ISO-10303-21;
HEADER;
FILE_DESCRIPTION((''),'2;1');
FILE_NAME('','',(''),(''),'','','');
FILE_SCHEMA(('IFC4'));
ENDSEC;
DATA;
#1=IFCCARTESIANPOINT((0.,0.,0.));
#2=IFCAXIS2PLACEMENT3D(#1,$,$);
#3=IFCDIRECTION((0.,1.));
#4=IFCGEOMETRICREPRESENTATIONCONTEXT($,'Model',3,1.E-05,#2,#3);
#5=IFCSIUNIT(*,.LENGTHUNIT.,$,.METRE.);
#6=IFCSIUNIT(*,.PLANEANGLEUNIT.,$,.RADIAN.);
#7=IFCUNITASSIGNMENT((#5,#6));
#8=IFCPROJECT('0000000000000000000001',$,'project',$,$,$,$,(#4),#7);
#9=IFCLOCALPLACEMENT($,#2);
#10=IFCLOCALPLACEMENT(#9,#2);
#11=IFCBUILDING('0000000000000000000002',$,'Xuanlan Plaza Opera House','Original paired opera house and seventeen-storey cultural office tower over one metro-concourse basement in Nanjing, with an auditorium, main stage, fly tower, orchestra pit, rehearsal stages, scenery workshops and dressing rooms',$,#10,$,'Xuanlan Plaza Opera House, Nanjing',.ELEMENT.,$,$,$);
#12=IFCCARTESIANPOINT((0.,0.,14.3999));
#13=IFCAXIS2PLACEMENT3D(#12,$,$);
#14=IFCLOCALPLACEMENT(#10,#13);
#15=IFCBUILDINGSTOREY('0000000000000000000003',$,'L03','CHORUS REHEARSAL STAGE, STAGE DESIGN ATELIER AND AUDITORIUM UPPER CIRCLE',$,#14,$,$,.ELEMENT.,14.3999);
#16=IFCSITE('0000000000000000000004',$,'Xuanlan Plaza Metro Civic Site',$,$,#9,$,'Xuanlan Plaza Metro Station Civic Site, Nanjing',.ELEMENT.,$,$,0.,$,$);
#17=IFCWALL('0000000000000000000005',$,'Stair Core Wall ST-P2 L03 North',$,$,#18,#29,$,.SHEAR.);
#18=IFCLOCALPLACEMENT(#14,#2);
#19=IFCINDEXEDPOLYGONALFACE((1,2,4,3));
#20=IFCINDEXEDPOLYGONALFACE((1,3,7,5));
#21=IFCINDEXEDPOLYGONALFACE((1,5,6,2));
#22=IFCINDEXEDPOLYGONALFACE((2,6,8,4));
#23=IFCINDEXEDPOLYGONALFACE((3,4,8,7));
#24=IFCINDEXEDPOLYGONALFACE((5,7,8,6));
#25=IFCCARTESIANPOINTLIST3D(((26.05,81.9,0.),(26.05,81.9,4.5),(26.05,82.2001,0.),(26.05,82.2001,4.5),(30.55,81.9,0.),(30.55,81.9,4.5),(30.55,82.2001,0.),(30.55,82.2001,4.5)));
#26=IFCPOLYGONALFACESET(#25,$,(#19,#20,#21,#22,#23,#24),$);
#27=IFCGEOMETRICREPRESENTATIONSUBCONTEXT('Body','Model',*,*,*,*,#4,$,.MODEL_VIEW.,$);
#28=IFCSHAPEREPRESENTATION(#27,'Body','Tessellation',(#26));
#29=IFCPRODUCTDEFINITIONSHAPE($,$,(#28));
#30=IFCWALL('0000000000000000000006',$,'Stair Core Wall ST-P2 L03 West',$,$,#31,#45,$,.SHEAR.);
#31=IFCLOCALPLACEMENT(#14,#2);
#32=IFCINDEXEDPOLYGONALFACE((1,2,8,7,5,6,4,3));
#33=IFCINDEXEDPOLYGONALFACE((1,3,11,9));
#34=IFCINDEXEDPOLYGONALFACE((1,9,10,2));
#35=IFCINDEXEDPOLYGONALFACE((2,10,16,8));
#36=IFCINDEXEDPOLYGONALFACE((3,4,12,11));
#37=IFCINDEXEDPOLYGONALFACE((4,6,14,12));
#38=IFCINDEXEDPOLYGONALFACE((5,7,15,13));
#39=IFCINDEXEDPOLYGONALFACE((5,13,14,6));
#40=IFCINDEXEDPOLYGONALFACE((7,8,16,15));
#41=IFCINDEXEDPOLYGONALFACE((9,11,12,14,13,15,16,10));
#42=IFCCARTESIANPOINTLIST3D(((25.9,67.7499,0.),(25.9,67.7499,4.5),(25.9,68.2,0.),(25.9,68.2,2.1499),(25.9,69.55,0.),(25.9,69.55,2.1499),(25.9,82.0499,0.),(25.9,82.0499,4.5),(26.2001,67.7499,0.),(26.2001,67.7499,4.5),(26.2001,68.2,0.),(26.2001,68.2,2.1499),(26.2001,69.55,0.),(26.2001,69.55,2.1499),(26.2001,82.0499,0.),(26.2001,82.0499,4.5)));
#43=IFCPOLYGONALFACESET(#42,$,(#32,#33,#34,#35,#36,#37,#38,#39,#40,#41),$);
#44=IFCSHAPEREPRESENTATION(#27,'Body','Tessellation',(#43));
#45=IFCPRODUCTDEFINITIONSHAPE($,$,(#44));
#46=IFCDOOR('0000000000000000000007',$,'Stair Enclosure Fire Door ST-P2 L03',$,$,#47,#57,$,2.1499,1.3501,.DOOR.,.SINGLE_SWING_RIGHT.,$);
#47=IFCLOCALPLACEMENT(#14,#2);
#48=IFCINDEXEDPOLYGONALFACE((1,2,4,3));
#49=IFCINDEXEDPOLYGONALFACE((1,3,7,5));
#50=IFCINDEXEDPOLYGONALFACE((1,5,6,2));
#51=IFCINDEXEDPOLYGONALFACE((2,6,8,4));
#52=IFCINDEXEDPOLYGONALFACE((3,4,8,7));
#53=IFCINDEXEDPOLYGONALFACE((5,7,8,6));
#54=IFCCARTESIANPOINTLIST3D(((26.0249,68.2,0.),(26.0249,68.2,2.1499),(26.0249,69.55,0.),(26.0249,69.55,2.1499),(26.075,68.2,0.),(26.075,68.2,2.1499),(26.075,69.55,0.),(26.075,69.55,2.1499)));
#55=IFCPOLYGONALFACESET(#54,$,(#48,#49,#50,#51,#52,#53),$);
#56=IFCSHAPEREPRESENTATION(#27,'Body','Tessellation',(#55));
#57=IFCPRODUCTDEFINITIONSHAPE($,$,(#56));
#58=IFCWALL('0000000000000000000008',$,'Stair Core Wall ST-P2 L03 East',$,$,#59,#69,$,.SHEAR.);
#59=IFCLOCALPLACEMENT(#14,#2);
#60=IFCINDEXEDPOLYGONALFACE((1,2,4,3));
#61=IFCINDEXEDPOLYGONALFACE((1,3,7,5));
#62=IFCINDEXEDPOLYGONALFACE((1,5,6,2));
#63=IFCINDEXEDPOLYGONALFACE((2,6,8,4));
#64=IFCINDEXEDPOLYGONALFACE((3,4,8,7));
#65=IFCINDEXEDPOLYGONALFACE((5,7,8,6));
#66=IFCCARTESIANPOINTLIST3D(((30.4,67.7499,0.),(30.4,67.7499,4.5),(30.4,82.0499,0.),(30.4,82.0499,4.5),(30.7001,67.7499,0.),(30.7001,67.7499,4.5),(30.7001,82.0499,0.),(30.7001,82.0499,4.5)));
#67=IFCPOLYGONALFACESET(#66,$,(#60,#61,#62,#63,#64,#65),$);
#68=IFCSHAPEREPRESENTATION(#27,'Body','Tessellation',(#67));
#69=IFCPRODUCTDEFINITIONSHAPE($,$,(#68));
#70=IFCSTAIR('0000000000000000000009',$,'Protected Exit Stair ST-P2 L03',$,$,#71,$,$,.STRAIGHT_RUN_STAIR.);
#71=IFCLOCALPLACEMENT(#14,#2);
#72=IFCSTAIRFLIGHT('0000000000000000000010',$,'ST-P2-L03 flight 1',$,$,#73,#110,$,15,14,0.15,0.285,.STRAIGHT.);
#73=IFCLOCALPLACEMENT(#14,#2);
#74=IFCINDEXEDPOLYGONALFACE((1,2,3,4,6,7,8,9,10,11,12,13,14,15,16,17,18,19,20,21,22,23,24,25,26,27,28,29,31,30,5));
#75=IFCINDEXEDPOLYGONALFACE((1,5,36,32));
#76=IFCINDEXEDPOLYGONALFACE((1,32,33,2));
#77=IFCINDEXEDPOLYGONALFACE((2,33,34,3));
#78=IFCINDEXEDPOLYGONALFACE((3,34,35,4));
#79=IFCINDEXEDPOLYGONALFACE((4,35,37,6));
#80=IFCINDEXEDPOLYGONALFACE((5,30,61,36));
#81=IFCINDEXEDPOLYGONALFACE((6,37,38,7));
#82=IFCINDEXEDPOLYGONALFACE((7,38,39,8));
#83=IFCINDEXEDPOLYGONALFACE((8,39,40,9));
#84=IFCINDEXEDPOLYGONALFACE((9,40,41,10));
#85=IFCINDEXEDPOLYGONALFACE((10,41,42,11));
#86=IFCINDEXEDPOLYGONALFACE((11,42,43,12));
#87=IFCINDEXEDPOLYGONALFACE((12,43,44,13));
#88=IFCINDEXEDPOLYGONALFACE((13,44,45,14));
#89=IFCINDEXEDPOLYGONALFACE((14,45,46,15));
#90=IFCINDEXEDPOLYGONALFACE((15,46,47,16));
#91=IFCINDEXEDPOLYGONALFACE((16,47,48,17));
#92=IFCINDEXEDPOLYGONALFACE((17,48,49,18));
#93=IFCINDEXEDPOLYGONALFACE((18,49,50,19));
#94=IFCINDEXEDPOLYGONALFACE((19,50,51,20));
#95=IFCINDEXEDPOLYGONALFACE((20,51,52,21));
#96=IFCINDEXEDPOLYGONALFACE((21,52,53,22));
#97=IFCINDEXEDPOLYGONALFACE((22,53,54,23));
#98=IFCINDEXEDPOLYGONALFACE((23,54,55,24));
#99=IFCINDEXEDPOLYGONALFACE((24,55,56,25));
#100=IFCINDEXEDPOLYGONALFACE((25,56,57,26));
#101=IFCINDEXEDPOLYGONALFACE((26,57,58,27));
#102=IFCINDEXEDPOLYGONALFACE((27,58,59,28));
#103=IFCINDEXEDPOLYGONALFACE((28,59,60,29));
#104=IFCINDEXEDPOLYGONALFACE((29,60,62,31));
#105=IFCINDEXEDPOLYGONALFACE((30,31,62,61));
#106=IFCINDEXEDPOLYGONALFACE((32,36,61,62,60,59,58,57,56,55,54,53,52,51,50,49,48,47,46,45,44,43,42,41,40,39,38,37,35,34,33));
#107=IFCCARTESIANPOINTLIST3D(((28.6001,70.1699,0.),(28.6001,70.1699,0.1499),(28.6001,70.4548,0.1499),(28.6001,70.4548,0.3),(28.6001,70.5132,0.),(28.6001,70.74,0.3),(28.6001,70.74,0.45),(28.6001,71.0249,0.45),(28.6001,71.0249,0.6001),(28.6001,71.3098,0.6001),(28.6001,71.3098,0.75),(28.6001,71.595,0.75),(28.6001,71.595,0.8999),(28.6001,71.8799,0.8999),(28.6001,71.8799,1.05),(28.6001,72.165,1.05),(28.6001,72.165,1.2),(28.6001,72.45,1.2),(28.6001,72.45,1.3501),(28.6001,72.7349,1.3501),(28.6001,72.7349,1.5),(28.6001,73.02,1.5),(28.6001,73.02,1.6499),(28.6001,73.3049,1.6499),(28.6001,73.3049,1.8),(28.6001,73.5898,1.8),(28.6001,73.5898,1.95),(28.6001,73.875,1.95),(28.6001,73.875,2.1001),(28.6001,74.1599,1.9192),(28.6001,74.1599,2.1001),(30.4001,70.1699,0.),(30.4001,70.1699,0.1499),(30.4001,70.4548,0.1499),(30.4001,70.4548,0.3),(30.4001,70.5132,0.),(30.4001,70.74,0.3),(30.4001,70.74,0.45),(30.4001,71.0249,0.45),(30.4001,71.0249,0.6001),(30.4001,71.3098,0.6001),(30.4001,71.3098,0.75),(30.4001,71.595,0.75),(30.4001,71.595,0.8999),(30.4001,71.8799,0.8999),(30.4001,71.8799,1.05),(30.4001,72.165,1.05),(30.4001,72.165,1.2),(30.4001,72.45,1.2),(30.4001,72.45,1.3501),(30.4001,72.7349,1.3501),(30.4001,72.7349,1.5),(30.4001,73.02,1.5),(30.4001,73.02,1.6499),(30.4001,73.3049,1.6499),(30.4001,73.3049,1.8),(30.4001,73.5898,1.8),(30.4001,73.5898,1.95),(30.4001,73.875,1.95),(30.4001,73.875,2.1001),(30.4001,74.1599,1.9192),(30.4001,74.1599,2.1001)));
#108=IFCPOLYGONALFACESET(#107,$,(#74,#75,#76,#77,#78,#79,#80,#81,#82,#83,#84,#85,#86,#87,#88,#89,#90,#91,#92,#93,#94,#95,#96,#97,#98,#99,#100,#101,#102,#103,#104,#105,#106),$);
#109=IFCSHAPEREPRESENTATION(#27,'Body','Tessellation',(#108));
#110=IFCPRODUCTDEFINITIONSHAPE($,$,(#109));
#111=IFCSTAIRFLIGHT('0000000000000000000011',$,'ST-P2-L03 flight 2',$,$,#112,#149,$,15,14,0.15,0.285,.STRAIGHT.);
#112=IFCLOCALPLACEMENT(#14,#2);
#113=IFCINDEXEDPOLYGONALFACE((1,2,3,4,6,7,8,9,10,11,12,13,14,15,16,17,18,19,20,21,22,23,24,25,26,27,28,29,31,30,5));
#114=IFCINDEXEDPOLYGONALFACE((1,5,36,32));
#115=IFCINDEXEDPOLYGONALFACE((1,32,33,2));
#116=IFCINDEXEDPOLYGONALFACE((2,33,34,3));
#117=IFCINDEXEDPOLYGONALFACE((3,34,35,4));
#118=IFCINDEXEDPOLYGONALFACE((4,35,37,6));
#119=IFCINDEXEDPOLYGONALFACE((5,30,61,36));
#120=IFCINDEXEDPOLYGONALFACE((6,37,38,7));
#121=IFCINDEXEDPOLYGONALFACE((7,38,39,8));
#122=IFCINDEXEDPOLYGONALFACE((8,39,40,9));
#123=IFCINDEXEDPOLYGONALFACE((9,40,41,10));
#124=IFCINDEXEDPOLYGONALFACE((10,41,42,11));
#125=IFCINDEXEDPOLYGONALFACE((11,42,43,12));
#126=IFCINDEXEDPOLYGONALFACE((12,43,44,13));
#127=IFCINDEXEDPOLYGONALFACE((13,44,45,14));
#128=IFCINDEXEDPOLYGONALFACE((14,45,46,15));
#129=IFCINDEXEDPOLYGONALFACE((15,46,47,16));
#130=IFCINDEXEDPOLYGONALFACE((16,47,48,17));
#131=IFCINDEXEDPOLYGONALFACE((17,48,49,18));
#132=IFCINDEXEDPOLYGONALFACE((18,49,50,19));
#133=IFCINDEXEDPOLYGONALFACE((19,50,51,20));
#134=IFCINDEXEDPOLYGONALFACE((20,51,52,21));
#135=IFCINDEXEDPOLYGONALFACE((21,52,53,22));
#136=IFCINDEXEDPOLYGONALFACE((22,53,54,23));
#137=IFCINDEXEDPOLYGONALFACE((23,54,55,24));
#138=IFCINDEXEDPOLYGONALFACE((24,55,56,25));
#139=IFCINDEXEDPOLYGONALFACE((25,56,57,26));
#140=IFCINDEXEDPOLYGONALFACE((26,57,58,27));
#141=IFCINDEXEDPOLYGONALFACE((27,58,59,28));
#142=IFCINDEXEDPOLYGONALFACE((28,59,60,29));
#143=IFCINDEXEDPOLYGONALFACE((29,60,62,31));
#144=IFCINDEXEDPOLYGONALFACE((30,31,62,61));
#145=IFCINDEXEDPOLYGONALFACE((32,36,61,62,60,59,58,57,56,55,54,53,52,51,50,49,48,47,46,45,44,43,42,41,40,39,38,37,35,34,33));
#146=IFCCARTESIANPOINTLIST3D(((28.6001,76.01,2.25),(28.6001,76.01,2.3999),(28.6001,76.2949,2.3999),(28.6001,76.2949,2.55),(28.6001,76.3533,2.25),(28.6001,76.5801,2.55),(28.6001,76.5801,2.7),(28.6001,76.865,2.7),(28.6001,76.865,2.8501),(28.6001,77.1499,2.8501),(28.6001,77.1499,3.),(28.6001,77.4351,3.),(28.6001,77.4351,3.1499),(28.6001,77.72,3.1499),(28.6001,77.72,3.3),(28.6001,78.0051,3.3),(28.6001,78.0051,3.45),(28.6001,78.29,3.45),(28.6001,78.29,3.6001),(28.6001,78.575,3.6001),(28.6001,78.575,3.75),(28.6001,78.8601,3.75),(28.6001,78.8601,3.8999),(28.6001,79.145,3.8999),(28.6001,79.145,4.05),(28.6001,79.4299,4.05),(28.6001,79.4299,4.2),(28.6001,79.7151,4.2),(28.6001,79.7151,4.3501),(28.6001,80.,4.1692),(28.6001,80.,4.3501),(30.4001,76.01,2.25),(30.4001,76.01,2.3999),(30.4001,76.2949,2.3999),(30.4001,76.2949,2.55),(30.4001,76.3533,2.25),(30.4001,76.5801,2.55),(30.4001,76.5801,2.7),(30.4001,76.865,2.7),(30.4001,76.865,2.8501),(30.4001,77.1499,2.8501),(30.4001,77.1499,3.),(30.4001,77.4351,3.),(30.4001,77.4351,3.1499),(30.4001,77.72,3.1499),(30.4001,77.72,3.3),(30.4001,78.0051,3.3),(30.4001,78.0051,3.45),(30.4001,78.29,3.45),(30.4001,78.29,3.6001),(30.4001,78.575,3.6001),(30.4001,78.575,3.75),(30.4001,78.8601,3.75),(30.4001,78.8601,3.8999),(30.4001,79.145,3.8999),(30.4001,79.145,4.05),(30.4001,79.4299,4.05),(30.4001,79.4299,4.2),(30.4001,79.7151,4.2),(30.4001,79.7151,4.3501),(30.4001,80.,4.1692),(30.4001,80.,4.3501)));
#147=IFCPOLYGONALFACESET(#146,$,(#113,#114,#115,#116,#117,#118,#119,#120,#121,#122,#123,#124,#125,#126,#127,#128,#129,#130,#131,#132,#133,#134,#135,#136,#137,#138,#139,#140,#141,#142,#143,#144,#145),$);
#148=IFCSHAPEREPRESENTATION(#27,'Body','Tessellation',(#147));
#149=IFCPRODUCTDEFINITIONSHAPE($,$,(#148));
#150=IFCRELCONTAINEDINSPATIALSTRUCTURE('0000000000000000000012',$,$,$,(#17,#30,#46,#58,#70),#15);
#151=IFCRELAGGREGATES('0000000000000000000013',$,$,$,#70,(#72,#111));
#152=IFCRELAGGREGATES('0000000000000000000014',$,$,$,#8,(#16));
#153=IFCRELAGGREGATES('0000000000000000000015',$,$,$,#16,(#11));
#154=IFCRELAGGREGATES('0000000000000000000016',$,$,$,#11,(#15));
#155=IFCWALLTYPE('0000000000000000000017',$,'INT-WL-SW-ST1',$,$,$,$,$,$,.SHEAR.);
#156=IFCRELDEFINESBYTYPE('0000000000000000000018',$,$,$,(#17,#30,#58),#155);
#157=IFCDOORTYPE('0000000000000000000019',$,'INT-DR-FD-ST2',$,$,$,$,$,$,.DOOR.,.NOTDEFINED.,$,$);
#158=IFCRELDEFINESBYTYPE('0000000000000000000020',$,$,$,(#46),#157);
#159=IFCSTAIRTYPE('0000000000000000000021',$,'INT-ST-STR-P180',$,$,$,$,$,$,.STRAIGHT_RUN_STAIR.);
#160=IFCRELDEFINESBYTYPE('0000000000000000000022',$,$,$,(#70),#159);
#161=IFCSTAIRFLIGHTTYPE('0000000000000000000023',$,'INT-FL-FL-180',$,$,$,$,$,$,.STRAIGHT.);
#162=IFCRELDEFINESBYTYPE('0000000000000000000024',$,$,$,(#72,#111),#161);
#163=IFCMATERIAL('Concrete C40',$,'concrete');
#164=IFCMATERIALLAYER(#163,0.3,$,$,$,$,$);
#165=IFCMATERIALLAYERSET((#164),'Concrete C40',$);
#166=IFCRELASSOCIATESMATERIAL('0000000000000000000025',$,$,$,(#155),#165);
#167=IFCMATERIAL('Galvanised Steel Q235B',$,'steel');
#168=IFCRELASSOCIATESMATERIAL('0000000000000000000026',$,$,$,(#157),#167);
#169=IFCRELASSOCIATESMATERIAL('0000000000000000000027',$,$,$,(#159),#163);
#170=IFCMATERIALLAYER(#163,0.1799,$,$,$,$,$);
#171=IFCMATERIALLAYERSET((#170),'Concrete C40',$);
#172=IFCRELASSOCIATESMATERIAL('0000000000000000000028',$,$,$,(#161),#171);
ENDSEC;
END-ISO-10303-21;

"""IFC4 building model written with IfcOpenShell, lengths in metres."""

from ifc_helpers import new_model, si_unit, direction, frame, frame_2d, origin, place, context, subcontext, project, spatial, polyline, rectangle, outline, extrude, material, layer, layer_set, type_object, element, fill, aggregate, save


model = new_model("IFC4")

# Units and contexts
model_context = context("Model", 3, precision=1e-05, world=origin(), true_north=direction((0.0, 1.0)))
body_context = subcontext(model_context, "Body", "Model", "MODEL_VIEW")
ifc_project = project(units=[si_unit("LENGTHUNIT", "METRE"), si_unit("PLANEANGLEUNIT", "RADIAN")], contexts=[model_context])

# Site, building, storey
site_placement = place(None, origin())
site = spatial("IfcSite", under=ifc_project, at=site_placement, Name="Xuanlan Plaza Metro Civic Site", LongName="Xuanlan Plaza Metro Station Civic Site, Nanjing", CompositionType="ELEMENT", RefElevation=0.0)
building_placement = place(site_placement, origin())
building = spatial("IfcBuilding", under=site, at=building_placement, Name="Xuanlan Plaza Opera House", Description="Original paired opera house and seventeen-storey cultural office tower over one metro-concourse basement in Nanjing, with an auditorium, main stage, fly tower, orchestra pit, rehearsal stages, scenery workshops and dressing rooms", LongName="Xuanlan Plaza Opera House, Nanjing", CompositionType="ELEMENT")
storey_placement = place(building_placement, frame((0.0, 0.0, 14.3999)))
storey = spatial("IfcBuildingStorey", under=building, at=storey_placement, Name="L03", Description="CHORUS REHEARSAL STAGE, STAGE DESIGN ATELIER AND AUDITORIUM UPPER CIRCLE", CompositionType="ELEMENT", Elevation=14.3999)

# Shared definitions
ifc_material_1 = material(Name="Concrete C40", Category="concrete")

# Wall
ifc_layer_1 = layer(ifc_material_1, 0.3)
ifc_layer_set_1 = layer_set([ifc_layer_1], Name="Concrete C40")
wall_type_1 = type_object("IfcWallType", Name="INT-WL-SW-ST1", PredefinedType="SHEAR", material=ifc_layer_set_1)
for number, where, z_axis, x_axis, name in (
    (1, (26.05, 82.05, 0.0), (0.0, 0.0, 1.0), (1.0, 0.0, 0.0), "Stair Core Wall ST-P2 L03 North"),
):
    element("IfcWall", number, at=place(storey_placement, frame(where, z_axis=z_axis, x_axis=x_axis)), inside=storey, type_object=wall_type_1, Name=name, PredefinedType="SHEAR", context=body_context, shape_type="SweptSolid", body=[
        extrude(rectangle(XDim=4.5, YDim=0.3, at=frame_2d((2.25, 0.0))), origin(), (0.0, 0.0, 1.0), 4.5),
    ])

# Wall, opening, door
wall_1_placement = place(storey_placement, frame((26.05, 67.75, 0.0), z_axis=(0.0, 0.0, 1.0), x_axis=(0.0, 1.0, 0.0)))
wall_1 = element("IfcWall", 2, at=wall_1_placement, inside=storey, type_object=wall_type_1, Name="Stair Core Wall ST-P2 L03 West", PredefinedType="SHEAR", context=body_context, shape_type="SweptSolid", body=[
    extrude(rectangle(XDim=14.3, YDim=0.3, at=frame_2d((7.1499, 0.0))), origin(), (0.0, 0.0, 1.0), 4.5),
])
opening_placement = place(wall_1_placement, frame((0.45, 0.0, 0.0)))
opening = element("IfcOpeningElement", 3, at=opening_placement, cuts=wall_1, PredefinedType="OPENING", context=body_context, shape_type="SweptSolid", body=[
    extrude(rectangle(XDim=1.3501, YDim=2.1499, at=frame_2d((0.675, 1.075))), frame((0.0, 0.1599, 0.0), z_axis=(0.0, -1.0, 0.0), x_axis=(1.0, 0.0, 0.0)), (0.0, 0.0, 1.0), 0.3201),
])
ifc_material_2 = material(Name="Galvanised Steel Q235B", Category="steel")
door_type = type_object("IfcDoorType", Name="INT-DR-FD-ST2", OperationType="NOTDEFINED", PredefinedType="DOOR", material=ifc_material_2)
door_placement = place(opening_placement, frame((1.3501, 0.0, 0.0), z_axis=(0.0, 0.0, 1.0), x_axis=(-1.0, 0.0, 0.0)))
door = element("IfcDoor", 4, at=door_placement, inside=storey, type_object=door_type, Name="Stair Enclosure Fire Door ST-P2 L03", OperationType="SINGLE_SWING_RIGHT", OverallHeight=2.1499, OverallWidth=1.3501, PredefinedType="DOOR", context=body_context, shape_type="SweptSolid", body=[
    extrude(rectangle(XDim=1.3501, YDim=2.1499, at=frame_2d((0.675, 1.075))), frame((0.0, 0.0249, 0.0), z_axis=(0.0, -1.0, 0.0), x_axis=(1.0, 0.0, 0.0)), (0.0, 0.0, 1.0), 0.05),
])
fill(opening, door)

# Wall
wall_2_placement = place(storey_placement, frame((30.55, 67.75, 0.0), z_axis=(0.0, 0.0, 1.0), x_axis=(0.0, 1.0, 0.0)))
element("IfcWall", 5, at=wall_2_placement, inside=storey, type_object=wall_type_1, Name="Stair Core Wall ST-P2 L03 East", PredefinedType="SHEAR", context=body_context, shape_type="SweptSolid", body=[
    extrude(rectangle(XDim=14.3, YDim=0.3, at=frame_2d((7.1499, 0.0))), origin(), (0.0, 0.0, 1.0), 4.5),
])

# Stair, stair flights
stair_type = type_object("IfcStairType", Name="INT-ST-STR-P180", PredefinedType="STRAIGHT_RUN_STAIR", material=ifc_material_1)
stair_placement = place(storey_placement, origin())
stair = element("IfcStair", 6, at=stair_placement, inside=storey, type_object=stair_type, Name="Protected Exit Stair ST-P2 L03", PredefinedType="STRAIGHT_RUN_STAIR")
ifc_layer_2 = layer(ifc_material_1, 0.1799)
ifc_layer_set_2 = layer_set([ifc_layer_2], Name="Concrete C40")
stair_flight_type = type_object("IfcStairFlightType", Name="INT-FL-FL-180", PredefinedType="STRAIGHT", material=ifc_layer_set_2)
stair_flight_1_placement = place(storey_placement, frame((29.5, 70.1699, 0.0), z_axis=(0.0, 0.0, 1.0), x_axis=(0.0, 1.0, 0.0)))
stair_flight_1 = element("IfcStairFlight", 7, at=stair_flight_1_placement, type_object=stair_flight_type, Name="ST-P2-L03 flight 1", NumberOfRisers=15, NumberOfTreads=14, PredefinedType="STRAIGHT", RiserHeight=0.15, TreadLength=0.285, context=body_context, shape_type="SweptSolid", body=[
    extrude(outline(polyline([(0.0, 0.0), (0.0, 0.1499), (0.2849, 0.1499), (0.2849, 0.3), (0.5701, 0.3), (0.5701, 0.45), (0.855, 0.45), (0.855, 0.6001), (1.1399, 0.6001), (1.1399, 0.75), (1.425, 0.75), (1.425, 0.8999), (1.71, 0.8999), (1.71, 1.05), (1.9951, 1.05), (1.9951, 1.2), (2.28, 1.2), (2.28, 1.3501), (2.5649, 1.3501), (2.5649, 1.5), (2.8501, 1.5), (2.8501, 1.6499), (3.135, 1.6499), (3.135, 1.8), (3.4199, 1.8), (3.4199, 1.95), (3.7051, 1.95), (3.7051, 2.1001), (3.99, 2.1001), (3.99, 2.25), (3.99, 1.9192), (0.3433, 0.0), (0.0, 0.0)])), frame((0.0, 0.8999, 0.0), z_axis=(0.0, -1.0, 0.0), x_axis=(1.0, 0.0, 0.0)), (0.0, 0.0, 1.0), 1.8),
])
stair_flight_2_placement = place(storey_placement, frame((29.5, 76.01, 2.25), z_axis=(0.0, 0.0, 1.0), x_axis=(0.0, 1.0, 0.0)))
stair_flight_2 = element("IfcStairFlight", 8, at=stair_flight_2_placement, type_object=stair_flight_type, Name="ST-P2-L03 flight 2", NumberOfRisers=15, NumberOfTreads=14, PredefinedType="STRAIGHT", RiserHeight=0.15, TreadLength=0.285, context=body_context, shape_type="SweptSolid", body=[
    extrude(outline(polyline([(0.0, 0.0), (0.0, 0.1499), (0.2849, 0.1499), (0.2849, 0.3), (0.5701, 0.3), (0.5701, 0.45), (0.855, 0.45), (0.855, 0.6001), (1.1399, 0.6001), (1.1399, 0.75), (1.425, 0.75), (1.425, 0.8999), (1.71, 0.8999), (1.71, 1.05), (1.9951, 1.05), (1.9951, 1.2), (2.28, 1.2), (2.28, 1.3501), (2.5649, 1.3501), (2.5649, 1.5), (2.8501, 1.5), (2.8501, 1.6499), (3.135, 1.6499), (3.135, 1.8), (3.4199, 1.8), (3.4199, 1.95), (3.7051, 1.95), (3.7051, 2.1001), (3.99, 2.1001), (3.99, 2.25), (3.99, 1.9192), (0.3433, 0.0), (0.0, 0.0)])), frame((0.0, 0.8999, 0.0), z_axis=(0.0, -1.0, 0.0), x_axis=(1.0, 0.0, 0.0)), (0.0, 0.0, 1.0), 1.8),
])
aggregate(stair, [stair_flight_1, stair_flight_2])

save(model, "model.ifc")
